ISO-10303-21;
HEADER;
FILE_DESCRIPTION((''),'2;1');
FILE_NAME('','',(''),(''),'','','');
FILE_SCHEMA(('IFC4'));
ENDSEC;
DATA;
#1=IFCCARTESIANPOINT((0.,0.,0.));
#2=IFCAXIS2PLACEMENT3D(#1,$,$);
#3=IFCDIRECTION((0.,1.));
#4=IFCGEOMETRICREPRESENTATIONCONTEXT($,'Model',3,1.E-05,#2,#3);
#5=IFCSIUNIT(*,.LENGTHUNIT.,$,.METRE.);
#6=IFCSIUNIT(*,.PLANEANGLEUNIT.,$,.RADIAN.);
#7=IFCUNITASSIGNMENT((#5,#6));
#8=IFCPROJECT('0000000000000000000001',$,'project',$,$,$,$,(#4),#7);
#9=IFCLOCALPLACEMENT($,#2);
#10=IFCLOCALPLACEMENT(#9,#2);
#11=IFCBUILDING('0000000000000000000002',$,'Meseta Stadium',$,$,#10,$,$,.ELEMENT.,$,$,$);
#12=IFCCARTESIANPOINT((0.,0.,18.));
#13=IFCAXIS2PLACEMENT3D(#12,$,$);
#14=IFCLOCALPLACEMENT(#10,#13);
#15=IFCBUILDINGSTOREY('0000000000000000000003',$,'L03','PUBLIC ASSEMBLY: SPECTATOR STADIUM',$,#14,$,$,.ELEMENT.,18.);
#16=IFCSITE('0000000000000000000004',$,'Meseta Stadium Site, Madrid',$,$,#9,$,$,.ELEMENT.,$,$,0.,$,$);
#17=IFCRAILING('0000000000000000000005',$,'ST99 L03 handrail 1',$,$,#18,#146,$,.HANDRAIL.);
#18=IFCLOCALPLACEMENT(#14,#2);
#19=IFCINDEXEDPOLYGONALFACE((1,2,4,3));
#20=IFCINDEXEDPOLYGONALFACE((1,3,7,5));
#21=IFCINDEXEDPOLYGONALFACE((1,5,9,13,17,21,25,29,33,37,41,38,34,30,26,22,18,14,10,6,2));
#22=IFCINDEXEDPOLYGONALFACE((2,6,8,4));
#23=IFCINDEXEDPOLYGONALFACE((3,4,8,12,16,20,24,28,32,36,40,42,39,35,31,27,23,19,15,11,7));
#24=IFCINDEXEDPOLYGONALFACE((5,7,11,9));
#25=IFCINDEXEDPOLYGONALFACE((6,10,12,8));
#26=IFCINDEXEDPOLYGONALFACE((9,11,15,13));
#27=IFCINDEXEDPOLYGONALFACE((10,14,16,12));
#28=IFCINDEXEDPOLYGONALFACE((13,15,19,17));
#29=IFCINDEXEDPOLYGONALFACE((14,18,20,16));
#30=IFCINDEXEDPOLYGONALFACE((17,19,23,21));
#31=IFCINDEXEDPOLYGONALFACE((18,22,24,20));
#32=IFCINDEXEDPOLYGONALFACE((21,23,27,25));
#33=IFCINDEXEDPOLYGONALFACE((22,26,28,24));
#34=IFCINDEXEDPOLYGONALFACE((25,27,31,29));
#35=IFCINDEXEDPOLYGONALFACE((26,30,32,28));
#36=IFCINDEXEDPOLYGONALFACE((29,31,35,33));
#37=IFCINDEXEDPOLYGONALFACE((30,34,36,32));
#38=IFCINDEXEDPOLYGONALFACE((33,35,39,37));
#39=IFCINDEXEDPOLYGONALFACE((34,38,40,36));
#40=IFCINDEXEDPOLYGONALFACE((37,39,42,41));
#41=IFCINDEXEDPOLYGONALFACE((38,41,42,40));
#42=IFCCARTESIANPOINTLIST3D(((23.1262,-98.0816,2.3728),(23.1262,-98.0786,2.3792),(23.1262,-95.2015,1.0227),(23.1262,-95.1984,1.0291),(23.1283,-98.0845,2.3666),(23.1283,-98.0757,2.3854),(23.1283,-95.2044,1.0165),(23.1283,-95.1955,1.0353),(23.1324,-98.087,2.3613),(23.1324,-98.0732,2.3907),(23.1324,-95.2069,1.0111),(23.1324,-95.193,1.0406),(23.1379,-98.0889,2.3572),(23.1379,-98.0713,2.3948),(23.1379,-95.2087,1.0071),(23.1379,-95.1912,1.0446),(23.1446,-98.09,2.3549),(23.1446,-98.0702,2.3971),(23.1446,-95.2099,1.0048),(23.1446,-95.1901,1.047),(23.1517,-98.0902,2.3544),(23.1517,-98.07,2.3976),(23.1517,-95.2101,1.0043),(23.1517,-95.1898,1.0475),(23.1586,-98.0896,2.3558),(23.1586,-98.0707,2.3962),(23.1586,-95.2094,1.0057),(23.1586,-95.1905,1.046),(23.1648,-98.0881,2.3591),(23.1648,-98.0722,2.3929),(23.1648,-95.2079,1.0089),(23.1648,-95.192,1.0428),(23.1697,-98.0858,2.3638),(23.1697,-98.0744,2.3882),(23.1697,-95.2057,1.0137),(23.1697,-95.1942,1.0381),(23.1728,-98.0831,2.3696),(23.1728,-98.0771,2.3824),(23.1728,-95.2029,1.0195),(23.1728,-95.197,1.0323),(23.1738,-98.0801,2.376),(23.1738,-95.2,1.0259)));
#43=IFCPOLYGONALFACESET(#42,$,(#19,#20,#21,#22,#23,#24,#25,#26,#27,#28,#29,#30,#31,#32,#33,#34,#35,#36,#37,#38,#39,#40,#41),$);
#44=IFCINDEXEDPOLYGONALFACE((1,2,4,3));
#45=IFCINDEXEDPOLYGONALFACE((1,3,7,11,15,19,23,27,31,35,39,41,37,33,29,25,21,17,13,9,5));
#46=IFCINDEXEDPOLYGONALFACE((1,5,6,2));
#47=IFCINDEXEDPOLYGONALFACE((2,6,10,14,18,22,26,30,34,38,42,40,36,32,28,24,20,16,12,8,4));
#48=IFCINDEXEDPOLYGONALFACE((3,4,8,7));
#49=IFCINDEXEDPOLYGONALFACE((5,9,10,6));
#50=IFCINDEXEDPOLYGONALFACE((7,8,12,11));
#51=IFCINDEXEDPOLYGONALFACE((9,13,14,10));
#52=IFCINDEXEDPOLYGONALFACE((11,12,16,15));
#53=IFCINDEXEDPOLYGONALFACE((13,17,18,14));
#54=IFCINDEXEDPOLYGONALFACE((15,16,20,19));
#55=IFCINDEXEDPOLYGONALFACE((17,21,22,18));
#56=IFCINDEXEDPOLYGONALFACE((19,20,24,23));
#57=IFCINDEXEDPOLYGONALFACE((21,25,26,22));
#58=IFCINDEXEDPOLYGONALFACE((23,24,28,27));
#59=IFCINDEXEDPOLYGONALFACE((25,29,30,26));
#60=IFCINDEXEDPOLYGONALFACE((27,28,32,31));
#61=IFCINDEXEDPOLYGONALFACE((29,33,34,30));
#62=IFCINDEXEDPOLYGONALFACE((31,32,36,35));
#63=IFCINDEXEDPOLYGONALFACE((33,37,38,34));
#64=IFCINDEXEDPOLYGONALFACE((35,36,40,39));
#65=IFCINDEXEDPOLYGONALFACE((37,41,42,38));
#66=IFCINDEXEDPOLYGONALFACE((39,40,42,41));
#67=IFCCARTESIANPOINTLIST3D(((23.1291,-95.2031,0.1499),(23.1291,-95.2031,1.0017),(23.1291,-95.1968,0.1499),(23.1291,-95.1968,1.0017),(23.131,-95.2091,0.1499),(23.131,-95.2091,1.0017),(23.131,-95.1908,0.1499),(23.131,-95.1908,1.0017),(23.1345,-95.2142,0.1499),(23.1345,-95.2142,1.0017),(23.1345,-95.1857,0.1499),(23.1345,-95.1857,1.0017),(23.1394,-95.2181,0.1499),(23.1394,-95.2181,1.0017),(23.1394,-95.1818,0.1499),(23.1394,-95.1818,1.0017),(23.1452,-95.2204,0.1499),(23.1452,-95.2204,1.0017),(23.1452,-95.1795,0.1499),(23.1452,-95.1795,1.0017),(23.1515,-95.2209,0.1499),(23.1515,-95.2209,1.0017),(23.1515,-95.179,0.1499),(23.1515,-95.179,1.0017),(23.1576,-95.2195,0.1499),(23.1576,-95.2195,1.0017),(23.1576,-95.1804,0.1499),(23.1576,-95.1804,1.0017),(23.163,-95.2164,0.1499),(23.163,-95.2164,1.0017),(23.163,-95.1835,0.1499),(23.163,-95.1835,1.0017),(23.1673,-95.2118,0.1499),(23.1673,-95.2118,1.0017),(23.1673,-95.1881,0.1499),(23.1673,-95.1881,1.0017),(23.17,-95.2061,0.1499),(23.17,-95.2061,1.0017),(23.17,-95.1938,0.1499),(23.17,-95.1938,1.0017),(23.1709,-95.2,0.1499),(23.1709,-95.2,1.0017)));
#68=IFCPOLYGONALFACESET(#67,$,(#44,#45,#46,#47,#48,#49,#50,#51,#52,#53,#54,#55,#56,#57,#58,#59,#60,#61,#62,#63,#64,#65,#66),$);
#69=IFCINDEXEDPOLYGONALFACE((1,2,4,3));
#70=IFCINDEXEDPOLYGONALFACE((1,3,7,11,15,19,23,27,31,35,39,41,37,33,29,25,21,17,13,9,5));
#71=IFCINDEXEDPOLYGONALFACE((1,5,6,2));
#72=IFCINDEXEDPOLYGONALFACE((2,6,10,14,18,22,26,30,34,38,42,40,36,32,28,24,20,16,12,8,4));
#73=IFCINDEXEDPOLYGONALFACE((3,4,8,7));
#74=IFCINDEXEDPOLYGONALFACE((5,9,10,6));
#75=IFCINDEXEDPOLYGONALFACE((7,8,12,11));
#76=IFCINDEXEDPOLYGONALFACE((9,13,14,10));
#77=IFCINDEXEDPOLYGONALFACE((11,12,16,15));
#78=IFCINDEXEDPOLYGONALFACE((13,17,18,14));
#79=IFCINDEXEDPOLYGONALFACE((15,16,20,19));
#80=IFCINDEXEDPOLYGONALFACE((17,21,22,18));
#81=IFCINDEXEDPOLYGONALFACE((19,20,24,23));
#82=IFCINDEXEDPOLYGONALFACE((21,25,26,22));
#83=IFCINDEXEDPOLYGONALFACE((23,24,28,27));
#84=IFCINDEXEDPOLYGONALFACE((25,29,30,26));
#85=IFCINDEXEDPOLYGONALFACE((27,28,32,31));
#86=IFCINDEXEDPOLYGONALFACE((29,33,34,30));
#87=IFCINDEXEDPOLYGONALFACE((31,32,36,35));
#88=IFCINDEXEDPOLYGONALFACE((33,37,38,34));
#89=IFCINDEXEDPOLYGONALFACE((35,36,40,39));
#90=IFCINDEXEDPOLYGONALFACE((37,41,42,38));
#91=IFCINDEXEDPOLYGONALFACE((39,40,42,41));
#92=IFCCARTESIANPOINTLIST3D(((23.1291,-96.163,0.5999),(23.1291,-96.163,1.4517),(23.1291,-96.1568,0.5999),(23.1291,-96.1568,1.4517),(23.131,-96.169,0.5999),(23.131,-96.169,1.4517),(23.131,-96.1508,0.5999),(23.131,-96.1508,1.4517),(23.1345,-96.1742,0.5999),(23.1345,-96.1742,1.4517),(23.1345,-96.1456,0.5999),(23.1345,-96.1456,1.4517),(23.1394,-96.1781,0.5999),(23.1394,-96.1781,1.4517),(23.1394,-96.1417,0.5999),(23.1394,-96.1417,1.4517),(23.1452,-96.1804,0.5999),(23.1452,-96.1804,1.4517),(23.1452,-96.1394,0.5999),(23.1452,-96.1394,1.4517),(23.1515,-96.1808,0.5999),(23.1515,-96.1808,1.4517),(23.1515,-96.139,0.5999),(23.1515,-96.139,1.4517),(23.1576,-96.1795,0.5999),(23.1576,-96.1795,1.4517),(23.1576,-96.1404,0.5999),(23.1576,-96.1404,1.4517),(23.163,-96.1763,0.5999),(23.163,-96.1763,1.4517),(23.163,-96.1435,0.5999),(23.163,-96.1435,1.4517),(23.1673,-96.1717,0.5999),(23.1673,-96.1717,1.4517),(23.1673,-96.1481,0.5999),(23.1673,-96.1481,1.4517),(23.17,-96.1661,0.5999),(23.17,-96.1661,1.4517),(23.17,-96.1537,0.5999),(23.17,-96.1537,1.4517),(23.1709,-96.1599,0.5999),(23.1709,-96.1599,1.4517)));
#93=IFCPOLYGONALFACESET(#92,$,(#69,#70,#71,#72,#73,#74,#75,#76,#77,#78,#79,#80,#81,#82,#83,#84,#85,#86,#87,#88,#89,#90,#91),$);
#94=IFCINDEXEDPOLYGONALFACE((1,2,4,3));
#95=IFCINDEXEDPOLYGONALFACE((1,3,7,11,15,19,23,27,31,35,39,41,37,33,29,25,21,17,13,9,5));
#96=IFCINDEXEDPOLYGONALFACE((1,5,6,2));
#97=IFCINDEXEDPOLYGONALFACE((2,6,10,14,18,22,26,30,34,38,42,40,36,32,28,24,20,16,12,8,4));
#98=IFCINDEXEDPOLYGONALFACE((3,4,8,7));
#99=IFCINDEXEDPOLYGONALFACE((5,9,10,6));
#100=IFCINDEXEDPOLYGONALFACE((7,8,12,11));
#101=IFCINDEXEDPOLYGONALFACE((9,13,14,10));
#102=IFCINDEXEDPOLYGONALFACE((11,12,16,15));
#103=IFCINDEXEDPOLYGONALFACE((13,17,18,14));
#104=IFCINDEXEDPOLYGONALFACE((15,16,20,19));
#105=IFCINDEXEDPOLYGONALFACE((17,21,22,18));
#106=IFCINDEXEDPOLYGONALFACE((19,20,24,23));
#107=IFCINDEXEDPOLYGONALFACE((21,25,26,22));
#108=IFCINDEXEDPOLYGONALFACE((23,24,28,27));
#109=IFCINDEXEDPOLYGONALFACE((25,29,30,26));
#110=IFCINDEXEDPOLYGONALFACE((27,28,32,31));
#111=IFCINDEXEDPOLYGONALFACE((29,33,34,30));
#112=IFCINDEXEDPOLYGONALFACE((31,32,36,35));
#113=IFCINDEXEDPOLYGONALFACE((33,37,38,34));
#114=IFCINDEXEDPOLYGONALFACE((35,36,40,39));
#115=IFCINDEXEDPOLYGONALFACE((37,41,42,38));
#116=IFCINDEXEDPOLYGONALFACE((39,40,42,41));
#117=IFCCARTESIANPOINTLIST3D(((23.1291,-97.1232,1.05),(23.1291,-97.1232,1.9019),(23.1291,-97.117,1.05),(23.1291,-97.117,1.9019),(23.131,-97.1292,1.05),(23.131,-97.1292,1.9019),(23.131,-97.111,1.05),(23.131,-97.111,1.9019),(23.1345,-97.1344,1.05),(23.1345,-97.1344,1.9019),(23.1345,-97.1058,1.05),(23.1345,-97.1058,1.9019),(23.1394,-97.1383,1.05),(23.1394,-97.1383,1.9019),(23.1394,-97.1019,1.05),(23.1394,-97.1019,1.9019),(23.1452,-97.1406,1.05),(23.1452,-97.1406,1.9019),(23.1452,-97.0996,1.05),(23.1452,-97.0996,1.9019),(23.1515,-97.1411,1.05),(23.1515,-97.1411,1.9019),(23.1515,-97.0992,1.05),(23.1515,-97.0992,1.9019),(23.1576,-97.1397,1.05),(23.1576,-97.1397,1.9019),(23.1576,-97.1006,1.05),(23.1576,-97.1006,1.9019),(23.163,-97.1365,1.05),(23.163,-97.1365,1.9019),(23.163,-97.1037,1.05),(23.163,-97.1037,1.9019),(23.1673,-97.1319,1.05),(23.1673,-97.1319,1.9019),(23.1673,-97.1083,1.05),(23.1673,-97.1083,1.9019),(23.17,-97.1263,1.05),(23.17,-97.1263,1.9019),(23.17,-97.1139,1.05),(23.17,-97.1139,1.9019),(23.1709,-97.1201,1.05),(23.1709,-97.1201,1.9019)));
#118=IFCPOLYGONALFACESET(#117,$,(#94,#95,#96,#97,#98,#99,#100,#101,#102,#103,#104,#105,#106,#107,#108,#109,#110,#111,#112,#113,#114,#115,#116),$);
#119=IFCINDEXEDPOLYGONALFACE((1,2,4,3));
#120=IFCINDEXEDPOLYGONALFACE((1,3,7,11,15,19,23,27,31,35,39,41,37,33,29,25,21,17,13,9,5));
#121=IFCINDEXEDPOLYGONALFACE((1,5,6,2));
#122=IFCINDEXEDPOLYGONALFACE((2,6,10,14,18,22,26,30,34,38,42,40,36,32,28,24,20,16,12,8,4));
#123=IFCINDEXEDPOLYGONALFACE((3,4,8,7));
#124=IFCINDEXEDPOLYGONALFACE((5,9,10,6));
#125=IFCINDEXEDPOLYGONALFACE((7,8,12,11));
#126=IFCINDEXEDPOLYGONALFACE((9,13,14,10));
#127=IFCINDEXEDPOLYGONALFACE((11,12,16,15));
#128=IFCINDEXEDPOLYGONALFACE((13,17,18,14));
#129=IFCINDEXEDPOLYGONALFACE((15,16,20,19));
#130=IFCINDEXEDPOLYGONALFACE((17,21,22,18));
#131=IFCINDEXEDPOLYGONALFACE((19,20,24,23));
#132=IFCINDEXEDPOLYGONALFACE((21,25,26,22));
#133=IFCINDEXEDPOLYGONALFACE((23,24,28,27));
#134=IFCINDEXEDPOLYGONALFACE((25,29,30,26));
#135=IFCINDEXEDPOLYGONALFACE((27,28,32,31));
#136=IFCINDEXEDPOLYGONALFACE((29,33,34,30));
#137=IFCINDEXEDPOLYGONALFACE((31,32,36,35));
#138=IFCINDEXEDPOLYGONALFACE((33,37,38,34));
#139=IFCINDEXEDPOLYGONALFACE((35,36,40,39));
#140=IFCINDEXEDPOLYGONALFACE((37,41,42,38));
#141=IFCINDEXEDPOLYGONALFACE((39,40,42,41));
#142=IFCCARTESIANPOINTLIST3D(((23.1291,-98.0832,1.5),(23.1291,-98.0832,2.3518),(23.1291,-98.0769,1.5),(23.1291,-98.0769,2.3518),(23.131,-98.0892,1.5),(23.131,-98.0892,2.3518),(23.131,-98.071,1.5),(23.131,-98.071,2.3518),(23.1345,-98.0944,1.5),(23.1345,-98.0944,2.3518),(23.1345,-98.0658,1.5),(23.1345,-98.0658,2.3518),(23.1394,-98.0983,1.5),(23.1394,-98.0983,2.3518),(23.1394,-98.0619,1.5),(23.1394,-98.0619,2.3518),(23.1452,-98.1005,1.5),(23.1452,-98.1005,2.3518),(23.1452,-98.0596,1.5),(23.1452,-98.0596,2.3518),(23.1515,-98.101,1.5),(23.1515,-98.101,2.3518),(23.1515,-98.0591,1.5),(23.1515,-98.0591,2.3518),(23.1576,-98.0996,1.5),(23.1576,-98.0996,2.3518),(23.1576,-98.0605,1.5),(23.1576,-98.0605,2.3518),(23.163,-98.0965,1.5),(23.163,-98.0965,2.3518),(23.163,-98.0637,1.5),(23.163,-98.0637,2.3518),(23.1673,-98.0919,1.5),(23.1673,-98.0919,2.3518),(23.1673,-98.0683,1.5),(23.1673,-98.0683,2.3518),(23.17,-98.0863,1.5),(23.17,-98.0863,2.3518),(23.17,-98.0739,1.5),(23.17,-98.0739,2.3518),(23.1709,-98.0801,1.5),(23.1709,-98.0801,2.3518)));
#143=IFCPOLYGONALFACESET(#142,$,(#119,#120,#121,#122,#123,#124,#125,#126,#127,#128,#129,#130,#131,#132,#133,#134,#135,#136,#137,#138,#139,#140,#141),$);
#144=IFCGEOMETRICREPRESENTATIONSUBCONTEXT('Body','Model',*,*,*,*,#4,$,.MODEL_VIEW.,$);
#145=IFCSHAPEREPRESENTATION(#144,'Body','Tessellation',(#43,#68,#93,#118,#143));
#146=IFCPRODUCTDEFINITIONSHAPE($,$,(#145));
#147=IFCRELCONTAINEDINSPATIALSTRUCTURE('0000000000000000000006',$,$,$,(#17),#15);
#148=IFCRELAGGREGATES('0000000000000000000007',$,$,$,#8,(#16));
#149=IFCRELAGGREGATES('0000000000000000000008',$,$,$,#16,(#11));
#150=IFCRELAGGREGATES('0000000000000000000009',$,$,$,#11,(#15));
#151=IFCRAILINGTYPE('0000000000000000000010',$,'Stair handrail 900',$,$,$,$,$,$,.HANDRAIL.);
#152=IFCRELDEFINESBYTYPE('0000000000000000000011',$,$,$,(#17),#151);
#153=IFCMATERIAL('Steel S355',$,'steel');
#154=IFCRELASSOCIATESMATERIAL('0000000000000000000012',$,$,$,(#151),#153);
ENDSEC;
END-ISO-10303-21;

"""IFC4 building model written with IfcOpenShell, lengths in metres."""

from ifc_helpers import new_model, si_unit, direction, frame, origin, origin_2d, place, context, subcontext, project, spatial, circle, extrude, material, type_object, element, save


model = new_model("IFC4")

# Units and contexts
model_context = context("Model", 3, precision=1e-05, world=origin(), true_north=direction((0.0, 1.0)))
body_context = subcontext(model_context, "Body", "Model", "MODEL_VIEW")
ifc_project = project(units=[si_unit("LENGTHUNIT", "METRE"), si_unit("PLANEANGLEUNIT", "RADIAN")], contexts=[model_context])

# Site, building, storey
site_placement = place(None, origin())
site = spatial("IfcSite", under=ifc_project, at=site_placement, Name="Meseta Stadium Site, Madrid", CompositionType="ELEMENT", RefElevation=0.0)
building_placement = place(site_placement, origin())
building = spatial("IfcBuilding", under=site, at=building_placement, Name="Meseta Stadium", CompositionType="ELEMENT")
storey_placement = place(building_placement, frame((0.0, 0.0, 18.0)))
storey = spatial("IfcBuildingStorey", under=building, at=storey_placement, Name="L03", Description="PUBLIC ASSEMBLY: SPECTATOR STADIUM", CompositionType="ELEMENT", Elevation=18.0)

# Railing
ifc_material_1 = material(Name="Steel S355", Category="steel")
railing_type_1 = type_object("IfcRailingType", Name="Stair handrail 900", PredefinedType="HANDRAIL", material=ifc_material_1)
for number, where, name in (
    (1, (23.1499, -95.2, 0.1499), "ST99 L03 handrail 1"),
):
    element("IfcRailing", number, at=place(storey_placement, frame(where)), inside=storey, type_object=railing_type_1, Name=name, PredefinedType="HANDRAIL", context=body_context, shape_type="SweptSolid", body=[
        extrude(circle(Radius=0.0239, at=origin_2d()), frame((0.0, 0.0, 0.876), z_axis=(0.0, -0.905454, 0.424444), x_axis=(1.0, 0.0, 0.0)), (0.0, 0.0, 1.0), 3.1809),
        extrude(circle(Radius=0.021, at=origin_2d()), origin(), (0.0, 0.0, 1.0), 0.8518),
        extrude(circle(Radius=0.021, at=origin_2d()), frame((0.0, -0.96, 0.45)), (0.0, 0.0, 1.0), 0.8518),
        extrude(circle(Radius=0.021, at=origin_2d()), frame((0.0, -1.9202, 0.9001)), (0.0, 0.0, 1.0), 0.8518),
        extrude(circle(Radius=0.021, at=origin_2d()), frame((0.0, -2.8801, 1.3501)), (0.0, 0.0, 1.0), 0.8518),
    ])

save(model, "model.ifc")
